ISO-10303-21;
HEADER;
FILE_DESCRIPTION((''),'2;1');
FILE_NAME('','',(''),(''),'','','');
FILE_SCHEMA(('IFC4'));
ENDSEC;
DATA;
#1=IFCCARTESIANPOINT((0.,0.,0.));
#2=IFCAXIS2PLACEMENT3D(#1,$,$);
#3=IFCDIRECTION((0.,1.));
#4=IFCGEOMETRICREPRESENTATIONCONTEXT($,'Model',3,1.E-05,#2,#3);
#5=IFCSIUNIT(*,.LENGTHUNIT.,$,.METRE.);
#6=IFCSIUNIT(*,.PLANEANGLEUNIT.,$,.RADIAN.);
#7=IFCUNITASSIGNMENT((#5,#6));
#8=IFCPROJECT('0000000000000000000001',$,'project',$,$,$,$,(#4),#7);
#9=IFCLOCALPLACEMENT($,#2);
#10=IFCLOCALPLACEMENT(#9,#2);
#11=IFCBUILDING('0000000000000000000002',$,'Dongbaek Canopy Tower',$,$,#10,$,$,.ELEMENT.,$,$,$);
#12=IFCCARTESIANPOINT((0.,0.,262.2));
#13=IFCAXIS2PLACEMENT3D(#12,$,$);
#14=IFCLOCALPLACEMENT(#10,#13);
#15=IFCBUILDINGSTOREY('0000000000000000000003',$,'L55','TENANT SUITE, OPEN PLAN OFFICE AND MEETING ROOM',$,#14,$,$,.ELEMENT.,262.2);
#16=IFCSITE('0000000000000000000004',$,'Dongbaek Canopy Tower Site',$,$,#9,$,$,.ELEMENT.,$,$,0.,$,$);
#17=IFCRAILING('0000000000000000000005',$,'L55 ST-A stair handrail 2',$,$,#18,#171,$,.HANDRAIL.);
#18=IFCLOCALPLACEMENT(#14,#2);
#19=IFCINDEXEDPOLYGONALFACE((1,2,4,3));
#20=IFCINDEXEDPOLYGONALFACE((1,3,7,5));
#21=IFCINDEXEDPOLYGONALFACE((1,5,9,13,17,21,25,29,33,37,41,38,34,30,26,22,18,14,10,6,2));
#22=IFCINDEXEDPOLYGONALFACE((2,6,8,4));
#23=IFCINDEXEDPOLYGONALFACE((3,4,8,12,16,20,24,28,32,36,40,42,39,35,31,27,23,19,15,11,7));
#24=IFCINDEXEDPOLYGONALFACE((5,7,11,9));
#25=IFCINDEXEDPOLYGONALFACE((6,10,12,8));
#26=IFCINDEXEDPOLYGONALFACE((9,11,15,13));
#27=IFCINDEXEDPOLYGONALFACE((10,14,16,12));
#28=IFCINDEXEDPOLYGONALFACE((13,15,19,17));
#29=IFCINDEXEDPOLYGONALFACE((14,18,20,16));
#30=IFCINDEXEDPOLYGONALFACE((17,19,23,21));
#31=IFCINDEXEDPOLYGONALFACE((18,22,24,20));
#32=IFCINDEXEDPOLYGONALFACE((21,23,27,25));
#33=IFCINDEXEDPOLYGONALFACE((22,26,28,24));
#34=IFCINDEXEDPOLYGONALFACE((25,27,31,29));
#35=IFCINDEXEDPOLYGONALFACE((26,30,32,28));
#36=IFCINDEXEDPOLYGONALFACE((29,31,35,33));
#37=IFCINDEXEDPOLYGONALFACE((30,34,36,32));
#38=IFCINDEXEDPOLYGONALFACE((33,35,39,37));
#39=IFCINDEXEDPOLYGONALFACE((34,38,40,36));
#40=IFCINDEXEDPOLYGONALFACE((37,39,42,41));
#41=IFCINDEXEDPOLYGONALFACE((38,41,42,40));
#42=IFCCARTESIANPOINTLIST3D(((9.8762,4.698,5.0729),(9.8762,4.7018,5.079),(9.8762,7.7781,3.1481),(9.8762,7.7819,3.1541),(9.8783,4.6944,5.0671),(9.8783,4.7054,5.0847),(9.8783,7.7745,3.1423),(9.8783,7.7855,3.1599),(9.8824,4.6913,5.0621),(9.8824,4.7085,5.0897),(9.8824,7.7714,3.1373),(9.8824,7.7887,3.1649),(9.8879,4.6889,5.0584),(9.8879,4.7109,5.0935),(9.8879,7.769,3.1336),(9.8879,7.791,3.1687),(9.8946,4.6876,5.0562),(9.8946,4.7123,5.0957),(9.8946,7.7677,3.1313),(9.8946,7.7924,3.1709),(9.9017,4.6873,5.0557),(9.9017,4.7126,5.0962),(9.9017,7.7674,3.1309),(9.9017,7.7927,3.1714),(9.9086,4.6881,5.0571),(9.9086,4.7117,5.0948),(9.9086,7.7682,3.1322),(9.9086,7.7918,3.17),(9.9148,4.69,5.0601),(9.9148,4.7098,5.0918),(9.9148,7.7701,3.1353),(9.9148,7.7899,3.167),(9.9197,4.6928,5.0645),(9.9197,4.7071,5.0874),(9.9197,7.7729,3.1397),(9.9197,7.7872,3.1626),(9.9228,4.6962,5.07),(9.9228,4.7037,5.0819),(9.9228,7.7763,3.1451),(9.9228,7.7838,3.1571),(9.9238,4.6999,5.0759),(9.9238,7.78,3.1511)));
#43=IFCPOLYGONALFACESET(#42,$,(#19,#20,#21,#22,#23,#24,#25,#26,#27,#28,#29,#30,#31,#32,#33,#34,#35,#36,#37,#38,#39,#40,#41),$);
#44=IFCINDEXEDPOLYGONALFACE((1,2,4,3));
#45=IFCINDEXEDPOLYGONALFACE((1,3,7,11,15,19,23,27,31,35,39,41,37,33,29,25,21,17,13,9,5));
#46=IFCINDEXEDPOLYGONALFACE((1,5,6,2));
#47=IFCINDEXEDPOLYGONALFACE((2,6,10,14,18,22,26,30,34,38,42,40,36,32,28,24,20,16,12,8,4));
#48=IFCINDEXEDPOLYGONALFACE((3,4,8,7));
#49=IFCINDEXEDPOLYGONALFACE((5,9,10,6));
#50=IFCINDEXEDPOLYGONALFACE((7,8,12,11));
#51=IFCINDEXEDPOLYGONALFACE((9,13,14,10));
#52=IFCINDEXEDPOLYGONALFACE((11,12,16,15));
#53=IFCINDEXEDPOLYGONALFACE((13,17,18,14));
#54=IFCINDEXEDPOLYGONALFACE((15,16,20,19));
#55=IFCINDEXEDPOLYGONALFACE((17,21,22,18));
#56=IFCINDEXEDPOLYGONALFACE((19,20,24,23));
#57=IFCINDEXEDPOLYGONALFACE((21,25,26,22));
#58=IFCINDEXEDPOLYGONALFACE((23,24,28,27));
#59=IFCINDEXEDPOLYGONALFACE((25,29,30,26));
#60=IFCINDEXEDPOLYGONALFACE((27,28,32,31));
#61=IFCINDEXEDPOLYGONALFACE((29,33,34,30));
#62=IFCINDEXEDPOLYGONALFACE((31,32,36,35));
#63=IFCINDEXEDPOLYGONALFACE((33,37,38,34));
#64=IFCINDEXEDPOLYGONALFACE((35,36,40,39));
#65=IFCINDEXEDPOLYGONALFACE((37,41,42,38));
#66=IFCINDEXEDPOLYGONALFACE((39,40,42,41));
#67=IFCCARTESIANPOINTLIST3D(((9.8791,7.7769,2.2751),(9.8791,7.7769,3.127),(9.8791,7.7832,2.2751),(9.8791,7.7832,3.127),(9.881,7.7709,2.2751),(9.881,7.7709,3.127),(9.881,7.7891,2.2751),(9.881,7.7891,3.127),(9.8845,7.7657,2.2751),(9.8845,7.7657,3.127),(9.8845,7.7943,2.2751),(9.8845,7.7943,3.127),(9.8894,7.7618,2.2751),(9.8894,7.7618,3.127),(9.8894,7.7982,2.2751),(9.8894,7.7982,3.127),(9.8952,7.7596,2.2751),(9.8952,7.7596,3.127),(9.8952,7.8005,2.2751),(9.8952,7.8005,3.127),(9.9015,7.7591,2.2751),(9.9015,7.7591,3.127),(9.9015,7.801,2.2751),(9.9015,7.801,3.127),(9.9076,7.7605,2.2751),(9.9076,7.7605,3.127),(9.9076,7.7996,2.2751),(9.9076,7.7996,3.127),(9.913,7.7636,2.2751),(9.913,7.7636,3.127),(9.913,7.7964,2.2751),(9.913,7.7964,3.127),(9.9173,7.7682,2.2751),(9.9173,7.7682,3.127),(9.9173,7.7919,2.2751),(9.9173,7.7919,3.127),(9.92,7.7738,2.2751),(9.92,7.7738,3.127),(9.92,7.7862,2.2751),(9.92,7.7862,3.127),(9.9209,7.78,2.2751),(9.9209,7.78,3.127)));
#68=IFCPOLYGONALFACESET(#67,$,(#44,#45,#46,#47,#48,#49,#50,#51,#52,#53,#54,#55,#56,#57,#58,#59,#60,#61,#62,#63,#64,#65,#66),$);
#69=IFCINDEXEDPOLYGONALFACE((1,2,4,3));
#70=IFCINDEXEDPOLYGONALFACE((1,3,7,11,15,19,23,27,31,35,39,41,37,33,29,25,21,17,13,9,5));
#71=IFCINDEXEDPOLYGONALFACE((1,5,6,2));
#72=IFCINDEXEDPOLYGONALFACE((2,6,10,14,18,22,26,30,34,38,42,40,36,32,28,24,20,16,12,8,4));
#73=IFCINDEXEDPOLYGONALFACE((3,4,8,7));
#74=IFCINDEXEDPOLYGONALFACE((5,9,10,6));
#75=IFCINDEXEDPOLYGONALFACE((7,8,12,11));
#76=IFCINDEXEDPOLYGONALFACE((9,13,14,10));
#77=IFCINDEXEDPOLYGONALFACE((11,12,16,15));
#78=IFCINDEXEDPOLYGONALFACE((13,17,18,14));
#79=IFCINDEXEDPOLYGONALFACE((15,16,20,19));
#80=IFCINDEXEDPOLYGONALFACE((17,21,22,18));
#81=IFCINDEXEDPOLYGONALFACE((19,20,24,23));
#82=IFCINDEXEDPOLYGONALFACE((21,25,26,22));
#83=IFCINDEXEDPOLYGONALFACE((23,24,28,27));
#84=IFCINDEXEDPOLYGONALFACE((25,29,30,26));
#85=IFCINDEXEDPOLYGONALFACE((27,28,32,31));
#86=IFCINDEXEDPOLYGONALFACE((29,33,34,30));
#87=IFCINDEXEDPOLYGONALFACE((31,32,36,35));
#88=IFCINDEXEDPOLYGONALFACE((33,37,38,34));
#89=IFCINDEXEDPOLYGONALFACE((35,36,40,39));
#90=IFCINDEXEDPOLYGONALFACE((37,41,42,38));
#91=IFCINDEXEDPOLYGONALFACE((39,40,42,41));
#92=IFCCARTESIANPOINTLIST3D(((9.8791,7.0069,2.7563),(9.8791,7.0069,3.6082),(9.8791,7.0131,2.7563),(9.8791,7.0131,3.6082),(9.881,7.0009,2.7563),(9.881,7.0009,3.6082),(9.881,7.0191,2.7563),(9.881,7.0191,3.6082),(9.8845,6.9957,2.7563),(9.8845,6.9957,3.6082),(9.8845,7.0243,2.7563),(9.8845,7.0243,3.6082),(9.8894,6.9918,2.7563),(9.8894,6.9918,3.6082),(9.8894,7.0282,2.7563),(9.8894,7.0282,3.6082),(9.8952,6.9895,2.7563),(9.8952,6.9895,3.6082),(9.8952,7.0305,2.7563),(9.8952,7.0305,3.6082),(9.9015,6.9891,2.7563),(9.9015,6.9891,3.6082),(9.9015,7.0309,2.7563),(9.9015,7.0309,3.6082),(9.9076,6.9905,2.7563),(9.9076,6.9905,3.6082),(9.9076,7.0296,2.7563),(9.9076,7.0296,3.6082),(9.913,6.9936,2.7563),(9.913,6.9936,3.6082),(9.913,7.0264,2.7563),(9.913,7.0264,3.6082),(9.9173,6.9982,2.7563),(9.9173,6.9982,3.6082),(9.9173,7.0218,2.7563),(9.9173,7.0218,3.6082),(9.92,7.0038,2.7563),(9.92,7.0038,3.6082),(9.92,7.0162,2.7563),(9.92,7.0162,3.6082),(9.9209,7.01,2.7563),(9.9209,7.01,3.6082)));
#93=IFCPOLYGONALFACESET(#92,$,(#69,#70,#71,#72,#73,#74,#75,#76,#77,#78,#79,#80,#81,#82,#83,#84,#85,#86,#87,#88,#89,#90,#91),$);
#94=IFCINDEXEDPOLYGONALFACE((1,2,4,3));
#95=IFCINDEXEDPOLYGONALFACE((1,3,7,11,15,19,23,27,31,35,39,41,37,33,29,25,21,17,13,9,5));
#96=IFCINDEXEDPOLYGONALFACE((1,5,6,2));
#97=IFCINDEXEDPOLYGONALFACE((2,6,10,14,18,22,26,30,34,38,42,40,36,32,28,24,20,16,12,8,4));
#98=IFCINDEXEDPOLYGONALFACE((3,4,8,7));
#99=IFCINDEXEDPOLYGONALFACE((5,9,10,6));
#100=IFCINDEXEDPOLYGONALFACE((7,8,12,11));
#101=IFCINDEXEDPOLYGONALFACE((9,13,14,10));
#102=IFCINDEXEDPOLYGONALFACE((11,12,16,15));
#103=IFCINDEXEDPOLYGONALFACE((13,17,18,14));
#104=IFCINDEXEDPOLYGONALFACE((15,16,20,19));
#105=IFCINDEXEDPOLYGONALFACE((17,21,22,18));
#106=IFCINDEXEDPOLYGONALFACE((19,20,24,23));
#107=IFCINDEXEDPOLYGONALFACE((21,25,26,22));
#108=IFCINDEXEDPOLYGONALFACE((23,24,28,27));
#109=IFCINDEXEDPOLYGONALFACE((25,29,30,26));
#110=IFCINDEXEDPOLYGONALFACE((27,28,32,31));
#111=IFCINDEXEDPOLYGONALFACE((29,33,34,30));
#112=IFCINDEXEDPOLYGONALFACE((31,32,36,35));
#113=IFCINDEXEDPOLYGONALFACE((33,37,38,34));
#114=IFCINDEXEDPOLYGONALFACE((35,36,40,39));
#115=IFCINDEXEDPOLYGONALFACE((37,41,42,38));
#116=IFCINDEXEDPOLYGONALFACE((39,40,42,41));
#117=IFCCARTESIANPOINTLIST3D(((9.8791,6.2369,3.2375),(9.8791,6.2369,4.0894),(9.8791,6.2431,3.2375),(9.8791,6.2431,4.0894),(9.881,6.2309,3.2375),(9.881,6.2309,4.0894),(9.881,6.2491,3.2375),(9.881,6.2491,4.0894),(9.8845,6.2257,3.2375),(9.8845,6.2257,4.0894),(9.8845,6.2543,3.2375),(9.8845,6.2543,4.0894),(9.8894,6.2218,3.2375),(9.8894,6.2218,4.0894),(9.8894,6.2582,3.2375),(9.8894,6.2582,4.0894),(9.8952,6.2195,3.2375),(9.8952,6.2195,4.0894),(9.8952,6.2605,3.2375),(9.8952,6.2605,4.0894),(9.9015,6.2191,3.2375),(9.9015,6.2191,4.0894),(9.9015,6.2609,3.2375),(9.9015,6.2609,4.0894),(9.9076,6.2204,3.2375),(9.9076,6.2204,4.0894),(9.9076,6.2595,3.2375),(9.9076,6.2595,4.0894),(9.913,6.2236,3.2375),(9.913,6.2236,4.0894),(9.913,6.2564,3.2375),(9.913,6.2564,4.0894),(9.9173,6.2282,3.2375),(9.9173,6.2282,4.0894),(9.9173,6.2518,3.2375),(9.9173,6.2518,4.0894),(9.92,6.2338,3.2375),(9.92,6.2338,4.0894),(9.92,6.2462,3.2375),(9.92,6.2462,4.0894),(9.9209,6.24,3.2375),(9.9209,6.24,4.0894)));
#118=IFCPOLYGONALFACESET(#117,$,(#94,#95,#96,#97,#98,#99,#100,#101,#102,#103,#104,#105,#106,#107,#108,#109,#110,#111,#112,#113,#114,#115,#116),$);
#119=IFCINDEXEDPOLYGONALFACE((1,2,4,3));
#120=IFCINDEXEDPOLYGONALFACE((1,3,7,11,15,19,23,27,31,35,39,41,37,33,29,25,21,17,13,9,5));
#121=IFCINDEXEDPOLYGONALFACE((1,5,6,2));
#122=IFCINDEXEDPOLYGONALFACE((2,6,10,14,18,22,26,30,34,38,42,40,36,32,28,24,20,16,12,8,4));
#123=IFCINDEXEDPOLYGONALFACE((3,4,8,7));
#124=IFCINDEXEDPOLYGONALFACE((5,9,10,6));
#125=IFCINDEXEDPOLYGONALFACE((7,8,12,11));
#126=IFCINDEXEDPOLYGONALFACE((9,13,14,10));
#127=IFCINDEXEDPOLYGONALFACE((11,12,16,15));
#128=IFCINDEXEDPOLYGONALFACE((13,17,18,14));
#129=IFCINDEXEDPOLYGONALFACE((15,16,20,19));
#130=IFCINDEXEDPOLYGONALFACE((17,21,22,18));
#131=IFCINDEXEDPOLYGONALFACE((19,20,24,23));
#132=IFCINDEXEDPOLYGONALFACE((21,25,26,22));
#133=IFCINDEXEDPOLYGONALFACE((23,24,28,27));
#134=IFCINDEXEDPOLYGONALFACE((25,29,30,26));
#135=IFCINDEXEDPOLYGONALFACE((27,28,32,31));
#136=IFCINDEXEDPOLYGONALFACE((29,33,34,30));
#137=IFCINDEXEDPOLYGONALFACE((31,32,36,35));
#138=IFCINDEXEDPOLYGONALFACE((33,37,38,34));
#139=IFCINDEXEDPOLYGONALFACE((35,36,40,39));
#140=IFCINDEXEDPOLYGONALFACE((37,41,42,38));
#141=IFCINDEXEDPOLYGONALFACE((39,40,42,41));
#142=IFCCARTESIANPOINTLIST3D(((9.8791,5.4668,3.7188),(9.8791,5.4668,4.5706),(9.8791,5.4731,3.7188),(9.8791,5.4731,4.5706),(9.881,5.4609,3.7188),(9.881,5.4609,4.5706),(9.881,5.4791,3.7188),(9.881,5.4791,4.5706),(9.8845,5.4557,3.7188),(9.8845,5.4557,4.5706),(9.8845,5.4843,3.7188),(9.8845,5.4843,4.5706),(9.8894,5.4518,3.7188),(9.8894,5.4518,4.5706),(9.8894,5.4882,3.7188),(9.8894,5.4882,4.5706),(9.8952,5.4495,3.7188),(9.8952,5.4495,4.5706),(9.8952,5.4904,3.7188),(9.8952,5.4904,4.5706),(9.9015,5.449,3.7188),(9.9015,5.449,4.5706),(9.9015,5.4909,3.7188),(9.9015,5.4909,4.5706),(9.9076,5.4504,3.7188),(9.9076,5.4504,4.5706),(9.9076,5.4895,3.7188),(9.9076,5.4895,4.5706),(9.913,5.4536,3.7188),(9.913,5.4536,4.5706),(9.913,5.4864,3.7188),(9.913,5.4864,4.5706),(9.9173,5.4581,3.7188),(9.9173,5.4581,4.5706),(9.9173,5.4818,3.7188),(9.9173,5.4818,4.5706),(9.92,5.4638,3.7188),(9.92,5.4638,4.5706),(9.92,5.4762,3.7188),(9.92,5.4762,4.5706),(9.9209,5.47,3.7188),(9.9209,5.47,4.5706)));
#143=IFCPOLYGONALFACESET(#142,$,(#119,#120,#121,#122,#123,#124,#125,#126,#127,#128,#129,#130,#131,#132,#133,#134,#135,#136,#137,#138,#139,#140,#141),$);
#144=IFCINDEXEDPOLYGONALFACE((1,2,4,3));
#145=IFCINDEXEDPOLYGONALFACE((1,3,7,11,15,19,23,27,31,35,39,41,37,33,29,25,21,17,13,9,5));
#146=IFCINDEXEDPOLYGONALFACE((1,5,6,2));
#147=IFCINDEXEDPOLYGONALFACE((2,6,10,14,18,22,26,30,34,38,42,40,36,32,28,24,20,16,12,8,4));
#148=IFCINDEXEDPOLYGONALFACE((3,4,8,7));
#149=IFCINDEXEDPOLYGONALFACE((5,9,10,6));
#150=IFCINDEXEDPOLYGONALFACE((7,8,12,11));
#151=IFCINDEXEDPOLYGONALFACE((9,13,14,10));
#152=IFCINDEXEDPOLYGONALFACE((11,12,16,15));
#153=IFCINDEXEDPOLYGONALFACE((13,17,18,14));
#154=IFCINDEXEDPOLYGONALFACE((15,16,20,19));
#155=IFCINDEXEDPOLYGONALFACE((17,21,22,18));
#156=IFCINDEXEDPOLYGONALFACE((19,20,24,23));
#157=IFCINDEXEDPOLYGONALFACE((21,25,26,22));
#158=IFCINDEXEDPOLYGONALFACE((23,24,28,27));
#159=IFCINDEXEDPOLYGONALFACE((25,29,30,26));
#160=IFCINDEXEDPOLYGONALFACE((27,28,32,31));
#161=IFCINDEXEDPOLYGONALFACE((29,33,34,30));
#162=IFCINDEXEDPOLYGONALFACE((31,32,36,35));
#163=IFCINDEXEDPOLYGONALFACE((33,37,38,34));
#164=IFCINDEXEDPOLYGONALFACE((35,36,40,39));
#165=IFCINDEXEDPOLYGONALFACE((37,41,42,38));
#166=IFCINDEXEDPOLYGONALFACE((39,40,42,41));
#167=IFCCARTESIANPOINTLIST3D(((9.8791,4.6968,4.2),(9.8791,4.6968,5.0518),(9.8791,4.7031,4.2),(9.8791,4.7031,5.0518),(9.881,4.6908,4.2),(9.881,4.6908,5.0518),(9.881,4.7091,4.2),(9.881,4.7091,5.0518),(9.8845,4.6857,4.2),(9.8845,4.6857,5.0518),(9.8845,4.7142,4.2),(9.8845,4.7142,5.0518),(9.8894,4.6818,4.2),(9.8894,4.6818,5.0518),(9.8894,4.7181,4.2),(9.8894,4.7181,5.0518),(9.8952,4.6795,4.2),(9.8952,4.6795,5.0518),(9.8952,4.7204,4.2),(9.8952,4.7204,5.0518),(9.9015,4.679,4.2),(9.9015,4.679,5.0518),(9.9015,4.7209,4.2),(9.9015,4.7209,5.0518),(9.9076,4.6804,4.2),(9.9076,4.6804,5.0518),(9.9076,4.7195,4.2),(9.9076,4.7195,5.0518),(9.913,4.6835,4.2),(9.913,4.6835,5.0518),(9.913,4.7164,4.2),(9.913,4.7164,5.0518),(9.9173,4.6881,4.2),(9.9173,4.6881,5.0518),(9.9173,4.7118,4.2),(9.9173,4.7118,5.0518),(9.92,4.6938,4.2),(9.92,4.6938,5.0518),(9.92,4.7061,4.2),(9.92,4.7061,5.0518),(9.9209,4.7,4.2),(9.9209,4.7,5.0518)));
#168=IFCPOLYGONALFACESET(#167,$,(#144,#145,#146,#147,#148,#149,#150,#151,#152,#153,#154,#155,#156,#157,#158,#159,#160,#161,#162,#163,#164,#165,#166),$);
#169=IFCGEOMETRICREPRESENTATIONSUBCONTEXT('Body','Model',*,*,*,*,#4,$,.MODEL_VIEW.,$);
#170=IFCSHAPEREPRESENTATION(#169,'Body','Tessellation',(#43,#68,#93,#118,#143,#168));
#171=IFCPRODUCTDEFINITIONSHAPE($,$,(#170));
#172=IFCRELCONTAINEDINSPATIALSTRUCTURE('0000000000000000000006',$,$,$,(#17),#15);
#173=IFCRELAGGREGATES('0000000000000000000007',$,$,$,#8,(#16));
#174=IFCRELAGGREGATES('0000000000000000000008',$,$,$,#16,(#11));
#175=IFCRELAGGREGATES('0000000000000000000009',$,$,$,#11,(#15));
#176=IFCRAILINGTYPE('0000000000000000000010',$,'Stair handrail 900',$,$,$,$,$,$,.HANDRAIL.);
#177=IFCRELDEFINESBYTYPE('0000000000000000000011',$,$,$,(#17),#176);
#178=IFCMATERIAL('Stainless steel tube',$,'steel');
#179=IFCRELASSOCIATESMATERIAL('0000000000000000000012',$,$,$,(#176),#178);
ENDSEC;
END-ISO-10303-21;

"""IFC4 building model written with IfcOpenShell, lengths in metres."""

from ifc_helpers import new_model, si_unit, direction, frame, origin, origin_2d, place, context, subcontext, project, spatial, circle, extrude, material, type_object, element, save


model = new_model("IFC4")

# Units and contexts
model_context = context("Model", 3, precision=1e-05, world=origin(), true_north=direction((0.0, 1.0)))
body_context = subcontext(model_context, "Body", "Model", "MODEL_VIEW")
ifc_project = project(units=[si_unit("LENGTHUNIT", "METRE"), si_unit("PLANEANGLEUNIT", "RADIAN")], contexts=[model_context])

# Site, building, storey
site_placement = place(None, origin())
site = spatial("IfcSite", under=ifc_project, at=site_placement, Name="Dongbaek Canopy Tower Site", CompositionType="ELEMENT", RefElevation=0.0)
building_placement = place(site_placement, origin())
building = spatial("IfcBuilding", under=site, at=building_placement, Name="Dongbaek Canopy Tower", CompositionType="ELEMENT")
storey_placement = place(building_placement, frame((0.0, 0.0, 262.2)))
storey = spatial("IfcBuildingStorey", under=building, at=storey_placement, Name="L55", Description="TENANT SUITE, OPEN PLAN OFFICE AND MEETING ROOM", CompositionType="ELEMENT", Elevation=262.2)

# Railing
ifc_material_1 = material(Name="Stainless steel tube", Category="steel")
railing_type_1 = type_object("IfcRailingType", Name="Stair handrail 900", PredefinedType="HANDRAIL", material=ifc_material_1)
railing_1_placement = place(storey_placement, frame((9.8999, 7.78, 2.2751)))
element("IfcRailing", 1, at=railing_1_placement, inside=storey, type_object=railing_type_1, Name="L55 ST-A stair handrail 2", PredefinedType="HANDRAIL", context=body_context, shape_type="SweptSolid", body=[
    extrude(circle(Radius=0.0239, at=origin_2d()), frame((0.0, 0.0, 0.876), z_axis=(0.0, -0.848029, 0.529951), x_axis=(1.0, 0.0, 0.0)), (0.0, 0.0, 1.0), 3.6321),
    extrude(circle(Radius=0.021, at=origin_2d()), origin(), (0.0, 0.0, 1.0), 0.8518),
    extrude(circle(Radius=0.021, at=origin_2d()), frame((0.0, -0.77, 0.4812)), (0.0, 0.0, 1.0), 0.8518),
    extrude(circle(Radius=0.021, at=origin_2d()), frame((0.0, -1.54, 0.9624)), (0.0, 0.0, 1.0), 0.8518),
    extrude(circle(Radius=0.021, at=origin_2d()), frame((0.0, -2.3101, 1.4436)), (0.0, 0.0, 1.0), 0.8518),
    extrude(circle(Radius=0.021, at=origin_2d()), frame((0.0, -3.0801, 1.9248)), (0.0, 0.0, 1.0), 0.8518),
])

save(model, "model.ifc")
